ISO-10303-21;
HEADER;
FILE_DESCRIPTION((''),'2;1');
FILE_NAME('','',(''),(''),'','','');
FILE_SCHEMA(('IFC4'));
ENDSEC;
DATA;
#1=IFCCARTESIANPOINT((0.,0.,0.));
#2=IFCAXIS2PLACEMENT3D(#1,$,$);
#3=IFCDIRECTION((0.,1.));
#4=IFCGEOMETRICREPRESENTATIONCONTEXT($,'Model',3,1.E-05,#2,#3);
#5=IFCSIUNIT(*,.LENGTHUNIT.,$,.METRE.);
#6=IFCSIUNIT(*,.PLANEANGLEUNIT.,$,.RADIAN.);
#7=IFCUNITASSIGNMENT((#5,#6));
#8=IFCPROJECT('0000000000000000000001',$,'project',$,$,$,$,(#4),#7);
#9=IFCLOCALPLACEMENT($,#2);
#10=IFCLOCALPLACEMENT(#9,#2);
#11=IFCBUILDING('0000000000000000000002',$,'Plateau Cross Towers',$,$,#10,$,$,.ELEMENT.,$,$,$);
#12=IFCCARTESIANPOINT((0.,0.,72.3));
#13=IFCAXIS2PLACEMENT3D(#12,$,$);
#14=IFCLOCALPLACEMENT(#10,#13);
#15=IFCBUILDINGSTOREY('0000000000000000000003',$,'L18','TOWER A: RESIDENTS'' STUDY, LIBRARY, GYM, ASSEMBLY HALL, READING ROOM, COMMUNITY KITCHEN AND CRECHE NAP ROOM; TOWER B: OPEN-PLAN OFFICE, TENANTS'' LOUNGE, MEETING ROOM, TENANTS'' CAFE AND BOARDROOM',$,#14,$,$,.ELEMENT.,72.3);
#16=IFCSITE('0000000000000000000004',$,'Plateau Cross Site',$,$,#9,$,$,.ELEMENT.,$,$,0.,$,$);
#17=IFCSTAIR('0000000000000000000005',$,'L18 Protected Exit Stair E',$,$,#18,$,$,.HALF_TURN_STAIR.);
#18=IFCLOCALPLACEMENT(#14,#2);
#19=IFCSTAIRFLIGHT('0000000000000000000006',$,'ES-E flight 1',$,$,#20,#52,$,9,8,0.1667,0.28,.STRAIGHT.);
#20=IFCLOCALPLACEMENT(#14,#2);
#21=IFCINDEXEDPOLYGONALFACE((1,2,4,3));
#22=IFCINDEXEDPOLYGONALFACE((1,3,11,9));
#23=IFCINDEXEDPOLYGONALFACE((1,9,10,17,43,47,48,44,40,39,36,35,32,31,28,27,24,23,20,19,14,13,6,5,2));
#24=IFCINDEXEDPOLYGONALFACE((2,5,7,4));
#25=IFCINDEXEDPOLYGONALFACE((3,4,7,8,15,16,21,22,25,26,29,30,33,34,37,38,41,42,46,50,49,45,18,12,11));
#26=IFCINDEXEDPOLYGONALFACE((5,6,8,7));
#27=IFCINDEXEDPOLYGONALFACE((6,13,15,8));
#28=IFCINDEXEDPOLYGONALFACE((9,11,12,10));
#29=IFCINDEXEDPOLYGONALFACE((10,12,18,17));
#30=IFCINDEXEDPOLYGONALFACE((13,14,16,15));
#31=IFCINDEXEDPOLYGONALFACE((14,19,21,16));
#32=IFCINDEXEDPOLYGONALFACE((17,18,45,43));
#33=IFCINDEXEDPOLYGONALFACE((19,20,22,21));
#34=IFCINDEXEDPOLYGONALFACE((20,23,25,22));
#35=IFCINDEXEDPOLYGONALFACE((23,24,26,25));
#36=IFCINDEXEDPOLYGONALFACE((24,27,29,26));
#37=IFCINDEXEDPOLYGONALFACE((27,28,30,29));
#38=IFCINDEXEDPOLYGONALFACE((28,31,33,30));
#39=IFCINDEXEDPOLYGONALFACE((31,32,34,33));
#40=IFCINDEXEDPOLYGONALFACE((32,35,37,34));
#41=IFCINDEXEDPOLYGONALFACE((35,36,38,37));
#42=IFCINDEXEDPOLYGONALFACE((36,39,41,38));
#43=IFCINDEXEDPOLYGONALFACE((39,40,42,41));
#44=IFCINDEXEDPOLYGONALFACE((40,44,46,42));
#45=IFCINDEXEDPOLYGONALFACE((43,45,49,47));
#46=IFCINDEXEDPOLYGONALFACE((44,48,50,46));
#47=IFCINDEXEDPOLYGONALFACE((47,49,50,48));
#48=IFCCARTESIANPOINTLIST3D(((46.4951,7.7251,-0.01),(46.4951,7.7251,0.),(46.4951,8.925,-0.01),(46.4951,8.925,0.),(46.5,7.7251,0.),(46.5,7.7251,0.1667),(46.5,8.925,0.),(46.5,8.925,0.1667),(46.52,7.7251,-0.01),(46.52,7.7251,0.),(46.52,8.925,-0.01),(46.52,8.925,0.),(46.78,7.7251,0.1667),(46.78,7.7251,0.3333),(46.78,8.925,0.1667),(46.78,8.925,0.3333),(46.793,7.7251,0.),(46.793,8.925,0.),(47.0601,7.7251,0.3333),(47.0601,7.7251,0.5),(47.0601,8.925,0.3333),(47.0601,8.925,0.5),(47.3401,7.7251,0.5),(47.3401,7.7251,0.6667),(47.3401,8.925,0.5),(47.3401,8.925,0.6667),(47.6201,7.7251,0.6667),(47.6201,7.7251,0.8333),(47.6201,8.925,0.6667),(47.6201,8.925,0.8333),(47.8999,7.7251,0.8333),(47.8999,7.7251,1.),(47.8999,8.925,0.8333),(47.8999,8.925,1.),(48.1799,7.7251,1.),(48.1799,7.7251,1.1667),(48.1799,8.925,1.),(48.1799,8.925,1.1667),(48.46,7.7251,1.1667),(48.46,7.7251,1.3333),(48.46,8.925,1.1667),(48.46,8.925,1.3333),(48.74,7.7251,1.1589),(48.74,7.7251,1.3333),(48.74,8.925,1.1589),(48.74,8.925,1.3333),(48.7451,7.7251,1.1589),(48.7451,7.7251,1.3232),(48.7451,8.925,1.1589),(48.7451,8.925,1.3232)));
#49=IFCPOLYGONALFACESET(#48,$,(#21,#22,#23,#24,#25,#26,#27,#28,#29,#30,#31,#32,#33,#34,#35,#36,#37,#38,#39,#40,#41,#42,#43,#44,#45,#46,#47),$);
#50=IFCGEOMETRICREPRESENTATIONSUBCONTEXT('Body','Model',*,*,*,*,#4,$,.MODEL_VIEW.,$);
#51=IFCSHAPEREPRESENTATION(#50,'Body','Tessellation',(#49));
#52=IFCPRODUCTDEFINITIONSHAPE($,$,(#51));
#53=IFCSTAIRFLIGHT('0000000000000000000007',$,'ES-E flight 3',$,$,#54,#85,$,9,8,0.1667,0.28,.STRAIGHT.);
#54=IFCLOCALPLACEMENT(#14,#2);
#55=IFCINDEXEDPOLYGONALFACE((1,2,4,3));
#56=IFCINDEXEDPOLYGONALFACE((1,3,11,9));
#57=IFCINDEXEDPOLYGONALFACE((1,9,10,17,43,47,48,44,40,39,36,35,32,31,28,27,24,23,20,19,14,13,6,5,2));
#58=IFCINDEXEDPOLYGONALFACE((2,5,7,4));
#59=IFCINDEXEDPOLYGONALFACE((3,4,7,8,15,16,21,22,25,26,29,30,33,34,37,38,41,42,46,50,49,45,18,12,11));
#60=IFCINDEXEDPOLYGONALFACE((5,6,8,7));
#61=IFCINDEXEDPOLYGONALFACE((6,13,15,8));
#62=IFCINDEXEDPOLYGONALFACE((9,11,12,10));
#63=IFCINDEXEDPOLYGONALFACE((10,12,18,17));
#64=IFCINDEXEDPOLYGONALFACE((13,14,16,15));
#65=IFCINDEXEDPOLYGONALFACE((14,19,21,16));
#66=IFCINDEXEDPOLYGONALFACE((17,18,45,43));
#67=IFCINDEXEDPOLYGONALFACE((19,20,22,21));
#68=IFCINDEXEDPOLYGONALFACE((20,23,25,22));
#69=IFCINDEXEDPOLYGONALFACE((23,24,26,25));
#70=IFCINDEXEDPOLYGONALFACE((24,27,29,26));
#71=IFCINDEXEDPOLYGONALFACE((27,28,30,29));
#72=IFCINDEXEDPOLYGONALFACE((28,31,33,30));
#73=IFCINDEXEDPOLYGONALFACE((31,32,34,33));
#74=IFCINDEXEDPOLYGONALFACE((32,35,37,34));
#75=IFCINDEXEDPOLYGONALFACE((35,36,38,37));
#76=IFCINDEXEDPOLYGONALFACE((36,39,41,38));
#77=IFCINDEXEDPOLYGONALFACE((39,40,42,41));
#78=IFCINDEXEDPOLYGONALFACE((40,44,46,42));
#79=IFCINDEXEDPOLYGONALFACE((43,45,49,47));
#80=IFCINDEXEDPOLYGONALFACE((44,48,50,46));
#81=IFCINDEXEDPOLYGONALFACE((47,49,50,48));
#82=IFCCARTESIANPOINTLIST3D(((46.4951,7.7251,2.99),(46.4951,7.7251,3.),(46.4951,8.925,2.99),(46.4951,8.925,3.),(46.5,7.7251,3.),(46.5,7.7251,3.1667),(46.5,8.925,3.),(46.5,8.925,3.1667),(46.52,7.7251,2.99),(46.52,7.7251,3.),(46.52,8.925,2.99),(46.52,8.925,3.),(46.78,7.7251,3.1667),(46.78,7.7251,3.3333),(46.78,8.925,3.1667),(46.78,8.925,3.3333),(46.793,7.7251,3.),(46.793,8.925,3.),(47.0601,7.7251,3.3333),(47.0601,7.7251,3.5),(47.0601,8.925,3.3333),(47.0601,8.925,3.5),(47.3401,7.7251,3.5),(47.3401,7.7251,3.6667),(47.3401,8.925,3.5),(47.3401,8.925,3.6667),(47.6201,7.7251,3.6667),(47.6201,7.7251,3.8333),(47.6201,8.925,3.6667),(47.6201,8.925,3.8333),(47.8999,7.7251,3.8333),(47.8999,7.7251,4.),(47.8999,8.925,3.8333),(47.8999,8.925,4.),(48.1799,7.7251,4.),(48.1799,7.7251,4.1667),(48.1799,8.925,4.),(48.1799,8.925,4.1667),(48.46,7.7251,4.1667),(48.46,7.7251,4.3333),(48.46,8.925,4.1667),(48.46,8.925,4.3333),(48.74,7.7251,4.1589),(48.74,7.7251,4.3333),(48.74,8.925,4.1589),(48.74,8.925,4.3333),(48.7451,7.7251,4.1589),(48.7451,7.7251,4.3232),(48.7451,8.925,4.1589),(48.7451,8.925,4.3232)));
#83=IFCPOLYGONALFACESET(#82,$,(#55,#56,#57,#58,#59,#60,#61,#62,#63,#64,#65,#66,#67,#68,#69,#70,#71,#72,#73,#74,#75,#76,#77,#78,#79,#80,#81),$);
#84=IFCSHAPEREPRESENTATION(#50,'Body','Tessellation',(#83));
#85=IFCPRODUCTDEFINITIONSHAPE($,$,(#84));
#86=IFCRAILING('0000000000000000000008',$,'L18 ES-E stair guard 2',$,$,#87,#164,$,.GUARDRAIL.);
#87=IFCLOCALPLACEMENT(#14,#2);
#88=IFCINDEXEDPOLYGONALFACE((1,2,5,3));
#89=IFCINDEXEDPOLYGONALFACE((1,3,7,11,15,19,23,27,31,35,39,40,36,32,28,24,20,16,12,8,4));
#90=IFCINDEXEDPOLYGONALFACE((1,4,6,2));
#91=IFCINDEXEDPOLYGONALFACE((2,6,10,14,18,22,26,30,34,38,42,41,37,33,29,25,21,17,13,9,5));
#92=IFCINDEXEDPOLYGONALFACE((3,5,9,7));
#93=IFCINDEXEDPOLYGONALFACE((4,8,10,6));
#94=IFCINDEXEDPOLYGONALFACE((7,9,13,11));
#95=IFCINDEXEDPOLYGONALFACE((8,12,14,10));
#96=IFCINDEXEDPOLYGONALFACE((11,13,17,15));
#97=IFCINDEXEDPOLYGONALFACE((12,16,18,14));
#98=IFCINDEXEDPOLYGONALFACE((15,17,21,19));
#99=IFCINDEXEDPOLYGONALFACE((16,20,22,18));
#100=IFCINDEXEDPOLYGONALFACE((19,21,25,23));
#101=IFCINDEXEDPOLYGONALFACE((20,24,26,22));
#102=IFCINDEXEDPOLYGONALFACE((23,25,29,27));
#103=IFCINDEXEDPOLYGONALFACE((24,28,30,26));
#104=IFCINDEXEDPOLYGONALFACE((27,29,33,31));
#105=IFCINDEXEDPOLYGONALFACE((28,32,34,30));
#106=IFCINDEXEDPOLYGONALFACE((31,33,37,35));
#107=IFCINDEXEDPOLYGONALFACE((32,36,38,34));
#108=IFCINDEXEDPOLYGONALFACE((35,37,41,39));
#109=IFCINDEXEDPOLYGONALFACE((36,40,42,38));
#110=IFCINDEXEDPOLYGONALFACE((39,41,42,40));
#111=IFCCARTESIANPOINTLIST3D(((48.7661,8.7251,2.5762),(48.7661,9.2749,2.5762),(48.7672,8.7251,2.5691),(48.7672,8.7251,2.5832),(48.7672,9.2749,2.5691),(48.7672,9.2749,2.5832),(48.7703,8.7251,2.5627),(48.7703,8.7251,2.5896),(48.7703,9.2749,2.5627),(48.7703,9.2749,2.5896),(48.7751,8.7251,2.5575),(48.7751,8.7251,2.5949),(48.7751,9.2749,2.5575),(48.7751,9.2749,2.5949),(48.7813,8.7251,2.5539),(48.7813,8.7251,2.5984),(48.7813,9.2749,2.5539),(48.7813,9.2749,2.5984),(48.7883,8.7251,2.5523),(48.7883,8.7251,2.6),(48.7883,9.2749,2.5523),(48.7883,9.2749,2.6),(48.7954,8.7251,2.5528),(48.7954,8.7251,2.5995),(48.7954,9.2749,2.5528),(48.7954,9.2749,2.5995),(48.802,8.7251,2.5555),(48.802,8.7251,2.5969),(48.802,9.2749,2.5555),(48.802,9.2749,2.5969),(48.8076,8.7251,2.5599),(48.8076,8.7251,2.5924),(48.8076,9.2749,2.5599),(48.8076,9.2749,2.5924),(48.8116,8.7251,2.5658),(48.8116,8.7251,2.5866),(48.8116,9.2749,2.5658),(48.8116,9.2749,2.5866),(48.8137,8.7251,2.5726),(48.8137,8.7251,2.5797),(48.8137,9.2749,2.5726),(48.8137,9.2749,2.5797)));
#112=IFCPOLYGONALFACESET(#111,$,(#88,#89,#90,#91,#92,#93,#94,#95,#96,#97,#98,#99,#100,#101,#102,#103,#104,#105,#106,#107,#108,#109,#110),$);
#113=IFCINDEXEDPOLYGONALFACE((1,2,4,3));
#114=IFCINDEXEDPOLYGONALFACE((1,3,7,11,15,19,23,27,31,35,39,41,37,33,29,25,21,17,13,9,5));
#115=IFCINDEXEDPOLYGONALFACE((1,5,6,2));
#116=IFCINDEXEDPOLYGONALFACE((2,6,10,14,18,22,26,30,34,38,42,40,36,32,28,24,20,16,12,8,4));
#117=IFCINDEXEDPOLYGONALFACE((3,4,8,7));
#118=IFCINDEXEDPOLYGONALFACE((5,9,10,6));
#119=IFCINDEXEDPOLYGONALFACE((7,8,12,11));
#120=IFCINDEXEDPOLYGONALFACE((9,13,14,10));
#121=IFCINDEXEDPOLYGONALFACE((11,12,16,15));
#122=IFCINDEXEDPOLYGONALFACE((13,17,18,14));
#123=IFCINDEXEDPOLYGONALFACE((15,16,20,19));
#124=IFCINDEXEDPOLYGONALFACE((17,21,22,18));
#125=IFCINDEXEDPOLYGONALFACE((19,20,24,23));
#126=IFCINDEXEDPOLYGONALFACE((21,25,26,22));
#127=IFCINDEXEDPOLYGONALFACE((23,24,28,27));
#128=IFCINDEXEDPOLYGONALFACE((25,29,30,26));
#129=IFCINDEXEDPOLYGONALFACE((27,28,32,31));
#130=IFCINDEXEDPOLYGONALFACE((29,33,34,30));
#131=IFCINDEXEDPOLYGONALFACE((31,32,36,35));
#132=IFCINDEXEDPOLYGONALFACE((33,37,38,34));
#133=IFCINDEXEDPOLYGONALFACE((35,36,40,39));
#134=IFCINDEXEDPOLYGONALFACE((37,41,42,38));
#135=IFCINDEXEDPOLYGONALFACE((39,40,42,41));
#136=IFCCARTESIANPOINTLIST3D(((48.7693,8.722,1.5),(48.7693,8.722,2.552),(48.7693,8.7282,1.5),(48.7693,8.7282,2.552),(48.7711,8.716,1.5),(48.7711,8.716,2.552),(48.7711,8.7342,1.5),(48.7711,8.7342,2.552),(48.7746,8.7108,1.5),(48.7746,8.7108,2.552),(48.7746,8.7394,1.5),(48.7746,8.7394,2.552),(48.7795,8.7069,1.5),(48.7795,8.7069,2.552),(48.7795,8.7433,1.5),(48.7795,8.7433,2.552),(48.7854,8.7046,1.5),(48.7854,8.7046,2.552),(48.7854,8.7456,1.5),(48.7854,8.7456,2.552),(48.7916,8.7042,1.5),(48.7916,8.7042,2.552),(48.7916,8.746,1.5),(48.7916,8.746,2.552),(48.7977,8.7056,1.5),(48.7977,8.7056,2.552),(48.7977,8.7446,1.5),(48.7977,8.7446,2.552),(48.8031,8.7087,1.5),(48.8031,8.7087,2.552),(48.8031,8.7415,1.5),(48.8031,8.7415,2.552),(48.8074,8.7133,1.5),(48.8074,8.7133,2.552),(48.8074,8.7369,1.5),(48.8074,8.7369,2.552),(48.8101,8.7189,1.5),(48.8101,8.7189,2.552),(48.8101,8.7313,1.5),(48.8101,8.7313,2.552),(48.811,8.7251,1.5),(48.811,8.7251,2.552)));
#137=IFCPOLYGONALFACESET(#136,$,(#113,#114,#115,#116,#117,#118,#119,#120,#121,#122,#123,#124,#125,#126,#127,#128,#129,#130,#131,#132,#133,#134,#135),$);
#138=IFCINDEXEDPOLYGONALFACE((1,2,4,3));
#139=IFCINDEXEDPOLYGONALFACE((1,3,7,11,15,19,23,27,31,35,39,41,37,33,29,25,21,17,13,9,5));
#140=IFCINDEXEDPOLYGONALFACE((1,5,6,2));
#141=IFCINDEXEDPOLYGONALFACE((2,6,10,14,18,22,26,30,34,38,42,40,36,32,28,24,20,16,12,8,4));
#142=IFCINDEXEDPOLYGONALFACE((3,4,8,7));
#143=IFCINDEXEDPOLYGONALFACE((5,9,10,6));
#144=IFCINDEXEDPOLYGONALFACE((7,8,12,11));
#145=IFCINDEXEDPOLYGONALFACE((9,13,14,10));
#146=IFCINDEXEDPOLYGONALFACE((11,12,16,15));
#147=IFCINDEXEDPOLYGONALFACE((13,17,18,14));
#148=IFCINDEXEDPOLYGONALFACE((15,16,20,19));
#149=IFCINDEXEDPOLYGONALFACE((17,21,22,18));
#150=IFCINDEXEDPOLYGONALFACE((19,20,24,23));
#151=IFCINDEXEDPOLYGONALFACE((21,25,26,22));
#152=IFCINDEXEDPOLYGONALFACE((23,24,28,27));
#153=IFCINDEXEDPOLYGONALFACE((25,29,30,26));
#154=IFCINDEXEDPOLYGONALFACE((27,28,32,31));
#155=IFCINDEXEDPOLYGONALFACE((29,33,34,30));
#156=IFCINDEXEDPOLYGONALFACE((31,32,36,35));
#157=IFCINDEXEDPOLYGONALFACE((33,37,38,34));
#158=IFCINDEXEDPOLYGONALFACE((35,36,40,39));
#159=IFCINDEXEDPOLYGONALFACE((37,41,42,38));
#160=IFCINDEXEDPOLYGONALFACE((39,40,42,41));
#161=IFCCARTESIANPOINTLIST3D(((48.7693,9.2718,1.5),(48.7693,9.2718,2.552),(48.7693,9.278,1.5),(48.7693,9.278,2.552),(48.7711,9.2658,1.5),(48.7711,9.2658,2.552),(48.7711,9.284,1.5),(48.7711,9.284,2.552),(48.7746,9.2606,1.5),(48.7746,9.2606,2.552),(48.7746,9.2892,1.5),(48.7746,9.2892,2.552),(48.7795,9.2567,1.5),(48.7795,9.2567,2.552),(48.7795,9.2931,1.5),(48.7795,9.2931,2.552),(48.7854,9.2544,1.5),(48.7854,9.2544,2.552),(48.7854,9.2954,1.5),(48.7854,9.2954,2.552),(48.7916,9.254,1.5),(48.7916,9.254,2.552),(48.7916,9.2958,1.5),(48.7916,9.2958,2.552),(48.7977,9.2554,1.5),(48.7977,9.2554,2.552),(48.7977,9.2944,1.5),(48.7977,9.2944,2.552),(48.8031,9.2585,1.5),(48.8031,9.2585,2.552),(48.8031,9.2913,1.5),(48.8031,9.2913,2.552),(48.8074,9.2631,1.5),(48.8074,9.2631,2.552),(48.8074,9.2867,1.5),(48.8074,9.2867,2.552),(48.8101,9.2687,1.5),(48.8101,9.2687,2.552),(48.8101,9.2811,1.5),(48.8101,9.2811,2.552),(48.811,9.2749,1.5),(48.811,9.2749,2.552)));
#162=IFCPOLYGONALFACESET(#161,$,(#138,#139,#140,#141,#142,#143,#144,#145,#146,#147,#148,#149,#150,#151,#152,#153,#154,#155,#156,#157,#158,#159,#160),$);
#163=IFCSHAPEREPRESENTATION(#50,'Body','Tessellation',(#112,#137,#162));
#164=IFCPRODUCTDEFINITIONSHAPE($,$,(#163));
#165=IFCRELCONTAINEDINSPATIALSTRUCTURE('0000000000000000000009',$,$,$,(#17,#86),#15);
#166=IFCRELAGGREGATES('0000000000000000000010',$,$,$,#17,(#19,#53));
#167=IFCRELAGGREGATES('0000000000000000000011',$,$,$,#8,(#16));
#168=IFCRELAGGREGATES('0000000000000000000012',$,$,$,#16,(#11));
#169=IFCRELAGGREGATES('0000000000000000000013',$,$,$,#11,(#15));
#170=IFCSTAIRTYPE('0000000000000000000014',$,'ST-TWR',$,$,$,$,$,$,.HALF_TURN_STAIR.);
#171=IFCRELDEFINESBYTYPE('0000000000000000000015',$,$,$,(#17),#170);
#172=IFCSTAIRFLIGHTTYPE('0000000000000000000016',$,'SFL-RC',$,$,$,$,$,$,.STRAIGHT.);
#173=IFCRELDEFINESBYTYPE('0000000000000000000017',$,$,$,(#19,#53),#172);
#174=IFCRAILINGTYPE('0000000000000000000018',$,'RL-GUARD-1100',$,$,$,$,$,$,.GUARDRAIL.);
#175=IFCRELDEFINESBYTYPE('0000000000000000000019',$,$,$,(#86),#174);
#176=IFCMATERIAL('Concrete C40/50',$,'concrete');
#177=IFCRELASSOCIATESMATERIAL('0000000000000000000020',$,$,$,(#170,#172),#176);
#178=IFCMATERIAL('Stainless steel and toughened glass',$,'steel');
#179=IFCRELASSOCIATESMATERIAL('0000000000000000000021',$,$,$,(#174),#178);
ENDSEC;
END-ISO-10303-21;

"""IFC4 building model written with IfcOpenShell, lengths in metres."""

from ifc_helpers import new_model, si_unit, direction, frame, origin, origin_2d, place, context, subcontext, project, spatial, polyline, circle, outline, extrude, material, type_object, element, aggregate, save


model = new_model("IFC4")

# Units and contexts
model_context = context("Model", 3, precision=1e-05, world=origin(), true_north=direction((0.0, 1.0)))
body_context = subcontext(model_context, "Body", "Model", "MODEL_VIEW")
ifc_project = project(units=[si_unit("LENGTHUNIT", "METRE"), si_unit("PLANEANGLEUNIT", "RADIAN")], contexts=[model_context])

# Site, building, storey
site_placement = place(None, origin())
site = spatial("IfcSite", under=ifc_project, at=site_placement, Name="Plateau Cross Site", CompositionType="ELEMENT", RefElevation=0.0)
building_placement = place(site_placement, origin())
building = spatial("IfcBuilding", under=site, at=building_placement, Name="Plateau Cross Towers", CompositionType="ELEMENT")
storey_placement = place(building_placement, frame((0.0, 0.0, 72.3)))
storey = spatial("IfcBuildingStorey", under=building, at=storey_placement, Name="L18", Description="TOWER A: RESIDENTS' STUDY, LIBRARY, GYM, ASSEMBLY HALL, READING ROOM, COMMUNITY KITCHEN AND CRECHE NAP ROOM; TOWER B: OPEN-PLAN OFFICE, TENANTS' LOUNGE, MEETING ROOM, TENANTS' CAFE AND BOARDROOM", CompositionType="ELEMENT", Elevation=72.3)

# Stair, stair flights
ifc_material_1 = material(Name="Concrete C40/50", Category="concrete")
stair_type = type_object("IfcStairType", Name="ST-TWR", PredefinedType="HALF_TURN_STAIR", material=ifc_material_1)
stair_placement = place(storey_placement, origin())
stair = element("IfcStair", 1, at=stair_placement, inside=storey, type_object=stair_type, Name="L18 Protected Exit Stair E", PredefinedType="HALF_TURN_STAIR")
stair_flight_type = type_object("IfcStairFlightType", Name="SFL-RC", PredefinedType="STRAIGHT", material=ifc_material_1)
stair_flight_1_placement = place(storey_placement, frame((46.5, 8.325, 0.0), z_axis=(0.0, 0.0, 1.0), x_axis=(1.0, 0.0, 0.0)))
stair_flight_1 = element("IfcStairFlight", 2, at=stair_flight_1_placement, type_object=stair_flight_type, Name="ES-E flight 1", NumberOfRisers=9, NumberOfTreads=8, PredefinedType="STRAIGHT", RiserHeight=0.1667, TreadLength=0.28, context=body_context, shape_type="SweptSolid", body=[
    extrude(outline(polyline([(-0.0049, -0.01), (-0.0049, 0.0), (0.0, 0.0), (0.0, 0.1667), (0.28, 0.1667), (0.28, 0.3333), (0.5601, 0.3333), (0.5601, 0.5), (0.8401, 0.5), (0.8401, 0.6667), (1.1201, 0.6667), (1.1201, 0.8333), (1.3999, 0.8333), (1.3999, 1.0), (1.6799, 1.0), (1.6799, 1.1667), (1.96, 1.1667), (1.96, 1.3333), (2.24, 1.3333), (2.2451, 1.3232), (2.2451, 1.1589), (2.24, 1.1589), (0.293, 0.0), (0.02, 0.0), (0.02, -0.01), (-0.0049, -0.01)])), frame((0.0, 0.6001, 0.0), z_axis=(0.0, -1.0, 0.0), x_axis=(1.0, 0.0, 0.0)), (0.0, 0.0, 1.0), 1.2),
])
stair_flight_2_placement = place(storey_placement, frame((46.5, 8.325, 3.0), z_axis=(0.0, 0.0, 1.0), x_axis=(1.0, 0.0, 0.0)))
stair_flight_2 = element("IfcStairFlight", 3, at=stair_flight_2_placement, type_object=stair_flight_type, Name="ES-E flight 3", NumberOfRisers=9, NumberOfTreads=8, PredefinedType="STRAIGHT", RiserHeight=0.1667, TreadLength=0.28, context=body_context, shape_type="SweptSolid", body=[
    extrude(outline(polyline([(-0.0049, -0.01), (-0.0049, 0.0), (0.0, 0.0), (0.0, 0.1667), (0.28, 0.1667), (0.28, 0.3333), (0.5601, 0.3333), (0.5601, 0.5), (0.8401, 0.5), (0.8401, 0.6667), (1.1201, 0.6667), (1.1201, 0.8333), (1.3999, 0.8333), (1.3999, 1.0), (1.6799, 1.0), (1.6799, 1.1667), (1.96, 1.1667), (1.96, 1.3333), (2.24, 1.3333), (2.2451, 1.3232), (2.2451, 1.1589), (2.24, 1.1589), (0.293, 0.0), (0.02, 0.0), (0.02, -0.01), (-0.0049, -0.01)])), frame((0.0, 0.6001, 0.0), z_axis=(0.0, -1.0, 0.0), x_axis=(1.0, 0.0, 0.0)), (0.0, 0.0, 1.0), 1.2),
])
aggregate(stair, [stair_flight_1, stair_flight_2])

# Railing
ifc_material_2 = material(Name="Stainless steel and toughened glass", Category="steel")
railing_type_1 = type_object("IfcRailingType", Name="RL-GUARD-1100", PredefinedType="GUARDRAIL", material=ifc_material_2)
for number, where, name in (
    (4, (48.79, 8.7251, 1.5), "L18 ES-E stair guard 2"),
):
    element("IfcRailing", number, at=place(storey_placement, frame(where)), inside=storey, type_object=railing_type_1, Name=name, PredefinedType="GUARDRAIL", context=body_context, shape_type="SweptSolid", body=[
        extrude(circle(Radius=0.0239, at=origin_2d()), frame((0.0, 0.0, 1.0762), z_axis=(0.0, 1.0, 0.0), x_axis=(-1.0, 0.0, 0.0)), (0.0, 0.0, 1.0), 0.5498),
        extrude(circle(Radius=0.021, at=origin_2d()), origin(), (0.0, 0.0, 1.0), 1.052),
        extrude(circle(Radius=0.021, at=origin_2d()), frame((0.0, 0.5498, 0.0)), (0.0, 0.0, 1.0), 1.052),
    ])

save(model, "model.ifc")
